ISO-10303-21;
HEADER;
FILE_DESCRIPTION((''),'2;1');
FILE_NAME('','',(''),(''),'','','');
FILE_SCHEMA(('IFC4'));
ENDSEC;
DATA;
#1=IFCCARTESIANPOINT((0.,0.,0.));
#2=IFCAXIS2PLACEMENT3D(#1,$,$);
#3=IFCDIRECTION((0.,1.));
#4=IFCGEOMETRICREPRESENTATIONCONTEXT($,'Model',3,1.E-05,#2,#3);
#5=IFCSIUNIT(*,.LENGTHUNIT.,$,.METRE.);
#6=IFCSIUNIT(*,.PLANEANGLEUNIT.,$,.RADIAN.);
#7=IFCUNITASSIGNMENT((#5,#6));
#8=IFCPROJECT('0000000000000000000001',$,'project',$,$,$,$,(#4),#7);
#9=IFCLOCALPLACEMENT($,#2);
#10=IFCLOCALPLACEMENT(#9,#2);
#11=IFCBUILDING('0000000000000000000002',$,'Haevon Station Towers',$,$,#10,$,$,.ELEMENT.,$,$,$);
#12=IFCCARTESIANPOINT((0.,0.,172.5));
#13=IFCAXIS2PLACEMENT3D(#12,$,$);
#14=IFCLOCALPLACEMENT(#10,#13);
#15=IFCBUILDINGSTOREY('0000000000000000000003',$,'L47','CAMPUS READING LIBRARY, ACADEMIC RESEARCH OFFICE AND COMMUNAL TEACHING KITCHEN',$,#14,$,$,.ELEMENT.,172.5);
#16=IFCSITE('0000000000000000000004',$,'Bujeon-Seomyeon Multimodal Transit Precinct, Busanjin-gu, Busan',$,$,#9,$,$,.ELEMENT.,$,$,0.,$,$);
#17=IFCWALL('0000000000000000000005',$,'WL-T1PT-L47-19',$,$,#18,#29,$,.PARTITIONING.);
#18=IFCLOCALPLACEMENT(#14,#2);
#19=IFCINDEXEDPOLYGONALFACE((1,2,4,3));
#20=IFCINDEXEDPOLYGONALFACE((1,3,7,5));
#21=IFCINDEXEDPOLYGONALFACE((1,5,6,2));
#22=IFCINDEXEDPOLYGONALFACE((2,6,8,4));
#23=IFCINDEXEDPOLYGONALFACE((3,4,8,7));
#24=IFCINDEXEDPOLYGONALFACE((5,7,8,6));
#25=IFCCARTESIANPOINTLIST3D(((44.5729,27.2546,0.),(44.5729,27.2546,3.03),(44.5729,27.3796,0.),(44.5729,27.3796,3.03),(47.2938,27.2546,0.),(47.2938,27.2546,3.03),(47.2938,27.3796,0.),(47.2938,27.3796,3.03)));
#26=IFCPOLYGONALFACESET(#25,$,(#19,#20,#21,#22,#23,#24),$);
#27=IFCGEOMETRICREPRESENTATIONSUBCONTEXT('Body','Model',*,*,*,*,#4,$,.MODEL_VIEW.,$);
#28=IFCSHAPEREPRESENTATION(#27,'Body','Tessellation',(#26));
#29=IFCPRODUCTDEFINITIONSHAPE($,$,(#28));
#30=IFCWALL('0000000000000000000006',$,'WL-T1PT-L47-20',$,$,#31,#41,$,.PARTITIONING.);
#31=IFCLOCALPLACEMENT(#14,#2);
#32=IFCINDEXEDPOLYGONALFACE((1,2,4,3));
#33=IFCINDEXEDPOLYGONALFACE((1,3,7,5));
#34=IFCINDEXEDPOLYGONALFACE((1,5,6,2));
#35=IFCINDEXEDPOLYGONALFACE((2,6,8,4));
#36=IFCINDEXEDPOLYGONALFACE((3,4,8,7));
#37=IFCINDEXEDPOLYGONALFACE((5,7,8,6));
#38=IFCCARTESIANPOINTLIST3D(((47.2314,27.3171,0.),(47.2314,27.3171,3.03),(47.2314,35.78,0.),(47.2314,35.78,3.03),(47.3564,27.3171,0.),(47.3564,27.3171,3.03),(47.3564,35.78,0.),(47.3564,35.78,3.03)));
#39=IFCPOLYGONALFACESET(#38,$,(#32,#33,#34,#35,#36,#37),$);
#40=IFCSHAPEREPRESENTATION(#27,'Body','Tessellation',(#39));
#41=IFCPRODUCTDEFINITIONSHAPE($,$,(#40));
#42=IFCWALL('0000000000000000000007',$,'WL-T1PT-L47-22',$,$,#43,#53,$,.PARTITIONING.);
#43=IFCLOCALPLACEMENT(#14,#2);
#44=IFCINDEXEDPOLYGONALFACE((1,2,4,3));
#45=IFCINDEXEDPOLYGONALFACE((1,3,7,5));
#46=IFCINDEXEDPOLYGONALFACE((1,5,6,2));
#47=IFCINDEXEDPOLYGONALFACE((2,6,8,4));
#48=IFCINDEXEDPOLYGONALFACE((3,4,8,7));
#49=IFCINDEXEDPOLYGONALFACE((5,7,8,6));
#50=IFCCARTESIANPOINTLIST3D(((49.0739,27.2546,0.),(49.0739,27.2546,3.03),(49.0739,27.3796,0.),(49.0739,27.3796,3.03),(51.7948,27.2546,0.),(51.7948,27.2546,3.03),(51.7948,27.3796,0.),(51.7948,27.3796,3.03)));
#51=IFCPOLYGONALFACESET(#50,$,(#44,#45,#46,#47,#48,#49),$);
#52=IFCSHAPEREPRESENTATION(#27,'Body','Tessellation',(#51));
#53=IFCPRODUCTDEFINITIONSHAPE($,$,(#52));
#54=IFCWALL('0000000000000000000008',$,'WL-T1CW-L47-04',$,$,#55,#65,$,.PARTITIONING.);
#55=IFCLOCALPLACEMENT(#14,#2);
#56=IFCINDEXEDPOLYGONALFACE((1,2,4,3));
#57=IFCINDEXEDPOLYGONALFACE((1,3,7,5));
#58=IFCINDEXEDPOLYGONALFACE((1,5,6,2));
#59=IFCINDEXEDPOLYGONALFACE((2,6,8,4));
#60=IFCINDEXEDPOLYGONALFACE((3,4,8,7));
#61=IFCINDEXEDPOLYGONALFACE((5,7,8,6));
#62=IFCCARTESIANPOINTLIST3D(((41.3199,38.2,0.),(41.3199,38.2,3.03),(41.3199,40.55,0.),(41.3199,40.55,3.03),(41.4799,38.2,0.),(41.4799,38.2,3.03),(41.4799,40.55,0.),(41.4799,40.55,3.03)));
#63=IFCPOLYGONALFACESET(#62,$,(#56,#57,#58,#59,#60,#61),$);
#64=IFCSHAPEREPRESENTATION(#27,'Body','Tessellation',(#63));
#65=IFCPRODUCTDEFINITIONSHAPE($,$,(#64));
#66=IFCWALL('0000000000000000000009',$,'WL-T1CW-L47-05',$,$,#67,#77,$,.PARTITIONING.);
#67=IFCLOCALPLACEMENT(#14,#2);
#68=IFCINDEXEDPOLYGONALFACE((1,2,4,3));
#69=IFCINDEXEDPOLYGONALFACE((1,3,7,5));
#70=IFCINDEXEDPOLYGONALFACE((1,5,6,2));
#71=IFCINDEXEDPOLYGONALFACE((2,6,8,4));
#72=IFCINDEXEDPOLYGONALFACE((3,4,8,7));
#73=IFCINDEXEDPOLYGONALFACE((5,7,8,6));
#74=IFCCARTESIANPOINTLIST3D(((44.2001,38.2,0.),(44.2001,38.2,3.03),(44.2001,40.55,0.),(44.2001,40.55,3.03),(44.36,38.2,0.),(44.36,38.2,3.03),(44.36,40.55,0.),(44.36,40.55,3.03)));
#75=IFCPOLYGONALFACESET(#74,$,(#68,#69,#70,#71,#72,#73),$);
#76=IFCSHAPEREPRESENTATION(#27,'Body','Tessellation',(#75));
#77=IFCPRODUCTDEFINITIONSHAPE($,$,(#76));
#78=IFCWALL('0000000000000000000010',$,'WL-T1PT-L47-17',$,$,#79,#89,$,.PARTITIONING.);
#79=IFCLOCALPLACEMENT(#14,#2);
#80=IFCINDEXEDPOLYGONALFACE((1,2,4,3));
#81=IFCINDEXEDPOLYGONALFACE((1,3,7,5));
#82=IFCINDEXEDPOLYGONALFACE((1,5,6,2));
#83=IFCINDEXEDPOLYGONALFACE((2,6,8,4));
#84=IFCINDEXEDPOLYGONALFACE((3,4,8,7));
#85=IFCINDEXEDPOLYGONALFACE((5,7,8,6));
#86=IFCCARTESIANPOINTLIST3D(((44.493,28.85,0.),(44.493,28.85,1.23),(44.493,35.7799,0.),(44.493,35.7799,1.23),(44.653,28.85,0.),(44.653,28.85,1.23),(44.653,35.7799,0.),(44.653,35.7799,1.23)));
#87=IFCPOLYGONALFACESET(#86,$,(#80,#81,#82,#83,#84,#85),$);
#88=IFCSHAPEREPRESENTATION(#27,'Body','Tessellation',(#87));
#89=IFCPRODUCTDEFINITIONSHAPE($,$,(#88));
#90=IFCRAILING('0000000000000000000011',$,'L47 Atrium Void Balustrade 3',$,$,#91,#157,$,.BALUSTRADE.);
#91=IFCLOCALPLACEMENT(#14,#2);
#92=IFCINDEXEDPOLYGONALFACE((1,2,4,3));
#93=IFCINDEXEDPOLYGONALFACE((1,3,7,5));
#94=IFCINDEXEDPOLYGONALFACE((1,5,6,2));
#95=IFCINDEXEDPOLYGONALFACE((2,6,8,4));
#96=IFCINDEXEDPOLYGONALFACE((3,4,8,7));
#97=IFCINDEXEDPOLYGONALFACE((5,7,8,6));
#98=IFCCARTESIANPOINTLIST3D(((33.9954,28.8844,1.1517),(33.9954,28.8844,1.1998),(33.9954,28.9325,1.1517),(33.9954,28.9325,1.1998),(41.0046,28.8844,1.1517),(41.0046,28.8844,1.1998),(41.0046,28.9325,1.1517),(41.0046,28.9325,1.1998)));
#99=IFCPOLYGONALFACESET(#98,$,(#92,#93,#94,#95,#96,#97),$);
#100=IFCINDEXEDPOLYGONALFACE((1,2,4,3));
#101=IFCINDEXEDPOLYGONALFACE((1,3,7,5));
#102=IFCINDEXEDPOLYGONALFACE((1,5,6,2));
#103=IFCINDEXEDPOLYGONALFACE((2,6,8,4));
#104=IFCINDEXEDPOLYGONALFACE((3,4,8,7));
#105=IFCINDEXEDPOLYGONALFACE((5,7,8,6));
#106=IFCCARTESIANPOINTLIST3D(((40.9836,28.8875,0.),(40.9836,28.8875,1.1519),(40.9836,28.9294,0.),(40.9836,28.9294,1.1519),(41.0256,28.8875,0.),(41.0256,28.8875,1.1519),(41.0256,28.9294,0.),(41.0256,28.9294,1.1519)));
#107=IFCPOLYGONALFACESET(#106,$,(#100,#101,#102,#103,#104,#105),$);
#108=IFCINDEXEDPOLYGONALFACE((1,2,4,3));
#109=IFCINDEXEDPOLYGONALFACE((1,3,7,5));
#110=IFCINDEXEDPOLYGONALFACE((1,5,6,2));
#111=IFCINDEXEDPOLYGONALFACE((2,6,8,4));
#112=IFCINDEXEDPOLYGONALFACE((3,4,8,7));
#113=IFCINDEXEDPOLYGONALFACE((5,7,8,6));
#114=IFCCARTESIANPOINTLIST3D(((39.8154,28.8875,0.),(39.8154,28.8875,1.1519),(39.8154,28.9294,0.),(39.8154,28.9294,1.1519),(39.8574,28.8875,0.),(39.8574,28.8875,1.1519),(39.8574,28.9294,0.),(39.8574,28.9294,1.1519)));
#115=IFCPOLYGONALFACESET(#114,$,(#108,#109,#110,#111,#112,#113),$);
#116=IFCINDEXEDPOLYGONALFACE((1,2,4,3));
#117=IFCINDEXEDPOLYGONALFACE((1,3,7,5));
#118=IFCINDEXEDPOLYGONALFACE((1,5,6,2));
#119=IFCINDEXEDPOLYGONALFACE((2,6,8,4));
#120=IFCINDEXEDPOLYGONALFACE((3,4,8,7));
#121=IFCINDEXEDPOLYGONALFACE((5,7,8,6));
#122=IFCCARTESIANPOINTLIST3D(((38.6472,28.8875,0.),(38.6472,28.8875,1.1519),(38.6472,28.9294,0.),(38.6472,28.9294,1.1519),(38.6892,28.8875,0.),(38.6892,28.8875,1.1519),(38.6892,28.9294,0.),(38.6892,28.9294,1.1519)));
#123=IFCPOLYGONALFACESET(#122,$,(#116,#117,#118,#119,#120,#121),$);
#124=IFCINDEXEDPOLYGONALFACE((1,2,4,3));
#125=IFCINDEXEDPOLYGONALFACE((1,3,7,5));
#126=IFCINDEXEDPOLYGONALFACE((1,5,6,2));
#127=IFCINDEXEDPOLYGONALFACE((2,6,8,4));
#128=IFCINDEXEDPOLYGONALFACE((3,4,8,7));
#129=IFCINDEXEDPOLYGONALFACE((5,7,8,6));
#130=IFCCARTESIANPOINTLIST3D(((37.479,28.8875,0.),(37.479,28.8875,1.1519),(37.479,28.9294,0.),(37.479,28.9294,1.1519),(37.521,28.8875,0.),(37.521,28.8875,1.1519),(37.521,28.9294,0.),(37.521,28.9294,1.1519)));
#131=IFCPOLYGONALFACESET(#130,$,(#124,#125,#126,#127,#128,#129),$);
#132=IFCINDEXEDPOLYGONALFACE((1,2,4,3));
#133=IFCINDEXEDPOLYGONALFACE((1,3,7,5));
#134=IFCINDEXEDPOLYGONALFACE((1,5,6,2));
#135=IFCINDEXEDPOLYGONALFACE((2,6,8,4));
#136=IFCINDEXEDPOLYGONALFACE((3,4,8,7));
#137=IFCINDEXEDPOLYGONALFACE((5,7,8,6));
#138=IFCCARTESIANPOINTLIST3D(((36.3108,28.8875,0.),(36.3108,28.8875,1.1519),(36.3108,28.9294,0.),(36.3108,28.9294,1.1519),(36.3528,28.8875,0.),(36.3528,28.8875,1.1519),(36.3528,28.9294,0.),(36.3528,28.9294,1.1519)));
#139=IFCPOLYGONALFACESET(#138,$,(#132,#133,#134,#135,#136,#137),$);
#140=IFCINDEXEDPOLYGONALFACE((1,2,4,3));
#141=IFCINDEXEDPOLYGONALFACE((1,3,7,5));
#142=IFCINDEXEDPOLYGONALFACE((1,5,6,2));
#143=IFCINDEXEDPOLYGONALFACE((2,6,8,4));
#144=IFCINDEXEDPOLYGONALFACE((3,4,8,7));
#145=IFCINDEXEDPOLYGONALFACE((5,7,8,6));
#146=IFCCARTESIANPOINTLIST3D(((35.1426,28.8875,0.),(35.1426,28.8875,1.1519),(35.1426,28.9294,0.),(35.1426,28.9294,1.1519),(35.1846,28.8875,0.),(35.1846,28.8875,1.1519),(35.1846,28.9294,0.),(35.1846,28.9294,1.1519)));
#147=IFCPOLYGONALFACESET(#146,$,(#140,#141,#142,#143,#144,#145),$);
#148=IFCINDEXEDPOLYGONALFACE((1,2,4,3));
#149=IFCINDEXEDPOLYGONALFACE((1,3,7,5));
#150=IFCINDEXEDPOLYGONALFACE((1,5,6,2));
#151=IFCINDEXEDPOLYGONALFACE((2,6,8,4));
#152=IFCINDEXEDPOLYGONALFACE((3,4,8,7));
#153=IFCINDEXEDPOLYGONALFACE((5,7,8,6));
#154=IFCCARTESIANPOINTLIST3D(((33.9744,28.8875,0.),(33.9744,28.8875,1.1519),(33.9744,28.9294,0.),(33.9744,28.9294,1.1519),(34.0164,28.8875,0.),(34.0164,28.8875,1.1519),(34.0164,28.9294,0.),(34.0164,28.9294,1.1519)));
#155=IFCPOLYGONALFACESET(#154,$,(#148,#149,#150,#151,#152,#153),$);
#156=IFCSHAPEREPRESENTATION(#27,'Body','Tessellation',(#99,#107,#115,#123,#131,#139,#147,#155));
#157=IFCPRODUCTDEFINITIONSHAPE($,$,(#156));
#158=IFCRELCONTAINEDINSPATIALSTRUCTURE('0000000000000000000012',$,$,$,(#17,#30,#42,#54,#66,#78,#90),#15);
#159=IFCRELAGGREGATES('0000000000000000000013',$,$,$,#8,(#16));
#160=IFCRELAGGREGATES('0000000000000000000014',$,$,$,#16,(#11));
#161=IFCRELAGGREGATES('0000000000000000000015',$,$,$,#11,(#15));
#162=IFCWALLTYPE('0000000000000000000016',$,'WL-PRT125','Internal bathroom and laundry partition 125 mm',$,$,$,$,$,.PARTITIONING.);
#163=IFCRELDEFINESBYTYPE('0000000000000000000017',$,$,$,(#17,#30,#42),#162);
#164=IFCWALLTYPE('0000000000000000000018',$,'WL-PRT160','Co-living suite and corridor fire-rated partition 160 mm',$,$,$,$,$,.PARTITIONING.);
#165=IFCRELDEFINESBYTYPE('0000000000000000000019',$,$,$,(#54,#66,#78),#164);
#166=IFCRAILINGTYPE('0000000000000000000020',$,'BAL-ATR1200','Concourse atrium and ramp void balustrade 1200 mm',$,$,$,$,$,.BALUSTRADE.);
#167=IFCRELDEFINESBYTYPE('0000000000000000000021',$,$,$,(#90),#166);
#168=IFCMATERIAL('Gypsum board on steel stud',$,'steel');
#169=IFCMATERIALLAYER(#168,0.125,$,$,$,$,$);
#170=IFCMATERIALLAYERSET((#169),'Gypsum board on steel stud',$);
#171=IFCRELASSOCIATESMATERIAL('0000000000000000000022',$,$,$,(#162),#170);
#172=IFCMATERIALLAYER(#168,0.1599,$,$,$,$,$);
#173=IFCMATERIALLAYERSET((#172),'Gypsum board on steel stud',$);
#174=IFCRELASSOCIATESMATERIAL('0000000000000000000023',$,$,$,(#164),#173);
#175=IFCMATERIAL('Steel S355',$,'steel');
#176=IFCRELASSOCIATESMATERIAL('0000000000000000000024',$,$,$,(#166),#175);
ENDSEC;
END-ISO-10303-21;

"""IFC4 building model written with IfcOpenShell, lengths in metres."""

from ifc_helpers import new_model, si_unit, direction, frame, frame_2d, origin, origin_2d, place, context, subcontext, project, spatial, rectangle, extrude, material, layer, layer_set, type_object, element, save


model = new_model("IFC4")

# Units and contexts
model_context = context("Model", 3, precision=1e-05, world=origin(), true_north=direction((0.0, 1.0)))
body_context = subcontext(model_context, "Body", "Model", "MODEL_VIEW")
ifc_project = project(units=[si_unit("LENGTHUNIT", "METRE"), si_unit("PLANEANGLEUNIT", "RADIAN")], contexts=[model_context])

# Site, building, storey
site_placement = place(None, origin())
site = spatial("IfcSite", under=ifc_project, at=site_placement, Name="Bujeon-Seomyeon Multimodal Transit Precinct, Busanjin-gu, Busan", CompositionType="ELEMENT", RefElevation=0.0)
building_placement = place(site_placement, origin())
building = spatial("IfcBuilding", under=site, at=building_placement, Name="Haevon Station Towers", CompositionType="ELEMENT")
storey_placement = place(building_placement, frame((0.0, 0.0, 172.5)))
storey = spatial("IfcBuildingStorey", under=building, at=storey_placement, Name="L47", Description="CAMPUS READING LIBRARY, ACADEMIC RESEARCH OFFICE AND COMMUNAL TEACHING KITCHEN", CompositionType="ELEMENT", Elevation=172.5)

# Shared definitions
ifc_material_1 = material(Name="Steel S355", Category="steel")

# Walls
ifc_material_2 = material(Name="Gypsum board on steel stud", Category="steel")
ifc_layer_1 = layer(ifc_material_2, 0.125)
ifc_layer_set_1 = layer_set([ifc_layer_1], Name="Gypsum board on steel stud")
wall_type_1 = type_object("IfcWallType", Name="WL-PRT125", Description="Internal bathroom and laundry partition 125 mm", PredefinedType="PARTITIONING", material=ifc_layer_set_1)
wall_1_placement = place(storey_placement, frame((44.573, 27.3171, 0.0), z_axis=(0.0, 0.0, 1.0), x_axis=(1.0, 0.0, 0.0)))
element("IfcWall", 1, at=wall_1_placement, inside=storey, type_object=wall_type_1, Name="WL-T1PT-L47-19", PredefinedType="PARTITIONING", context=body_context, shape_type="SweptSolid", body=[
    extrude(rectangle(XDim=2.7209, YDim=0.125, at=frame_2d((1.3604, 0.0))), origin(), (0.0, 0.0, 1.0), 3.03),
])
wall_2_placement = place(storey_placement, frame((47.2939, 27.3171, 0.0), z_axis=(0.0, 0.0, 1.0), x_axis=(0.0, 1.0, 0.0)))
element("IfcWall", 2, at=wall_2_placement, inside=storey, type_object=wall_type_1, Name="WL-T1PT-L47-20", PredefinedType="PARTITIONING", context=body_context, shape_type="SweptSolid", body=[
    extrude(rectangle(XDim=8.4629, YDim=0.125, at=frame_2d((4.2314, 0.0))), origin(), (0.0, 0.0, 1.0), 3.03),
])
wall_3_placement = place(storey_placement, frame((49.074, 27.3171, 0.0), z_axis=(0.0, 0.0, 1.0), x_axis=(1.0, 0.0, 0.0)))
element("IfcWall", 3, at=wall_3_placement, inside=storey, type_object=wall_type_1, Name="WL-T1PT-L47-22", PredefinedType="PARTITIONING", context=body_context, shape_type="SweptSolid", body=[
    extrude(rectangle(XDim=2.7209, YDim=0.125, at=frame_2d((1.3604, 0.0))), origin(), (0.0, 0.0, 1.0), 3.03),
])
ifc_layer_2 = layer(ifc_material_2, 0.1599)
ifc_layer_set_2 = layer_set([ifc_layer_2], Name="Gypsum board on steel stud")
wall_type_2 = type_object("IfcWallType", Name="WL-PRT160", Description="Co-living suite and corridor fire-rated partition 160 mm", PredefinedType="PARTITIONING", material=ifc_layer_set_2)
for number, where, z_axis, x_axis, name in (
    (4, (41.3999, 38.2, 0.0), (0.0, 0.0, 1.0), (0.0, 1.0, 0.0), "WL-T1CW-L47-04"),
    (5, (44.28, 38.2, 0.0), (0.0, 0.0, 1.0), (0.0, 1.0, 0.0), "WL-T1CW-L47-05"),
):
    element("IfcWall", number, at=place(storey_placement, frame(where, z_axis=z_axis, x_axis=x_axis)), inside=storey, type_object=wall_type_2, Name=name, PredefinedType="PARTITIONING", context=body_context, shape_type="SweptSolid", body=[
        extrude(rectangle(XDim=2.3501, YDim=0.1599, at=frame_2d((1.175, 0.0))), origin(), (0.0, 0.0, 1.0), 3.03),
    ])
wall_4_placement = place(storey_placement, frame((44.573, 28.8501, 0.0), z_axis=(0.0, 0.0, 1.0), x_axis=(0.0, 1.0, 0.0)))
element("IfcWall", 6, at=wall_4_placement, inside=storey, type_object=wall_type_2, Name="WL-T1PT-L47-17", PredefinedType="PARTITIONING", context=body_context, shape_type="SweptSolid", body=[
    extrude(rectangle(XDim=6.9299, YDim=0.1599, at=frame_2d((3.4648, 0.0))), origin(), (0.0, 0.0, 1.0), 1.23),
])

# Railing
railing_type = type_object("IfcRailingType", Name="BAL-ATR1200", Description="Concourse atrium and ramp void balustrade 1200 mm", PredefinedType="BALUSTRADE", material=ifc_material_1)
railing_placement = place(storey_placement, frame((41.0046, 28.9084, 0.0)))
element("IfcRailing", 7, at=railing_placement, inside=storey, type_object=railing_type, Name="L47 Atrium Void Balustrade 3", PredefinedType="BALUSTRADE", context=body_context, shape_type="SweptSolid", body=[
    extrude(rectangle(XDim=0.0481, YDim=0.0481, at=origin_2d()), frame((0.0, 0.0, 1.1758), z_axis=(-1.0, 0.0, 0.0), x_axis=(0.0, -1.0, 0.0)), (0.0, 0.0, 1.0), 7.0093),
    extrude(rectangle(XDim=0.042, YDim=0.042, at=origin_2d()), origin(), (0.0, 0.0, 1.0), 1.1519),
    extrude(rectangle(XDim=0.042, YDim=0.042, at=origin_2d()), frame((-1.1682, 0.0, 0.0)), (0.0, 0.0, 1.0), 1.1519),
    extrude(rectangle(XDim=0.042, YDim=0.042, at=origin_2d()), frame((-2.3364, 0.0, 0.0)), (0.0, 0.0, 1.0), 1.1519),
    extrude(rectangle(XDim=0.042, YDim=0.042, at=origin_2d()), frame((-3.5046, 0.0, 0.0)), (0.0, 0.0, 1.0), 1.1519),
    extrude(rectangle(XDim=0.042, YDim=0.042, at=origin_2d()), frame((-4.6729, 0.0, 0.0)), (0.0, 0.0, 1.0), 1.1519),
    extrude(rectangle(XDim=0.042, YDim=0.042, at=origin_2d()), frame((-5.8411, 0.0, 0.0)), (0.0, 0.0, 1.0), 1.1519),
    extrude(rectangle(XDim=0.042, YDim=0.042, at=origin_2d()), frame((-7.0093, 0.0, 0.0)), (0.0, 0.0, 1.0), 1.1519),
])

save(model, "model.ifc")
